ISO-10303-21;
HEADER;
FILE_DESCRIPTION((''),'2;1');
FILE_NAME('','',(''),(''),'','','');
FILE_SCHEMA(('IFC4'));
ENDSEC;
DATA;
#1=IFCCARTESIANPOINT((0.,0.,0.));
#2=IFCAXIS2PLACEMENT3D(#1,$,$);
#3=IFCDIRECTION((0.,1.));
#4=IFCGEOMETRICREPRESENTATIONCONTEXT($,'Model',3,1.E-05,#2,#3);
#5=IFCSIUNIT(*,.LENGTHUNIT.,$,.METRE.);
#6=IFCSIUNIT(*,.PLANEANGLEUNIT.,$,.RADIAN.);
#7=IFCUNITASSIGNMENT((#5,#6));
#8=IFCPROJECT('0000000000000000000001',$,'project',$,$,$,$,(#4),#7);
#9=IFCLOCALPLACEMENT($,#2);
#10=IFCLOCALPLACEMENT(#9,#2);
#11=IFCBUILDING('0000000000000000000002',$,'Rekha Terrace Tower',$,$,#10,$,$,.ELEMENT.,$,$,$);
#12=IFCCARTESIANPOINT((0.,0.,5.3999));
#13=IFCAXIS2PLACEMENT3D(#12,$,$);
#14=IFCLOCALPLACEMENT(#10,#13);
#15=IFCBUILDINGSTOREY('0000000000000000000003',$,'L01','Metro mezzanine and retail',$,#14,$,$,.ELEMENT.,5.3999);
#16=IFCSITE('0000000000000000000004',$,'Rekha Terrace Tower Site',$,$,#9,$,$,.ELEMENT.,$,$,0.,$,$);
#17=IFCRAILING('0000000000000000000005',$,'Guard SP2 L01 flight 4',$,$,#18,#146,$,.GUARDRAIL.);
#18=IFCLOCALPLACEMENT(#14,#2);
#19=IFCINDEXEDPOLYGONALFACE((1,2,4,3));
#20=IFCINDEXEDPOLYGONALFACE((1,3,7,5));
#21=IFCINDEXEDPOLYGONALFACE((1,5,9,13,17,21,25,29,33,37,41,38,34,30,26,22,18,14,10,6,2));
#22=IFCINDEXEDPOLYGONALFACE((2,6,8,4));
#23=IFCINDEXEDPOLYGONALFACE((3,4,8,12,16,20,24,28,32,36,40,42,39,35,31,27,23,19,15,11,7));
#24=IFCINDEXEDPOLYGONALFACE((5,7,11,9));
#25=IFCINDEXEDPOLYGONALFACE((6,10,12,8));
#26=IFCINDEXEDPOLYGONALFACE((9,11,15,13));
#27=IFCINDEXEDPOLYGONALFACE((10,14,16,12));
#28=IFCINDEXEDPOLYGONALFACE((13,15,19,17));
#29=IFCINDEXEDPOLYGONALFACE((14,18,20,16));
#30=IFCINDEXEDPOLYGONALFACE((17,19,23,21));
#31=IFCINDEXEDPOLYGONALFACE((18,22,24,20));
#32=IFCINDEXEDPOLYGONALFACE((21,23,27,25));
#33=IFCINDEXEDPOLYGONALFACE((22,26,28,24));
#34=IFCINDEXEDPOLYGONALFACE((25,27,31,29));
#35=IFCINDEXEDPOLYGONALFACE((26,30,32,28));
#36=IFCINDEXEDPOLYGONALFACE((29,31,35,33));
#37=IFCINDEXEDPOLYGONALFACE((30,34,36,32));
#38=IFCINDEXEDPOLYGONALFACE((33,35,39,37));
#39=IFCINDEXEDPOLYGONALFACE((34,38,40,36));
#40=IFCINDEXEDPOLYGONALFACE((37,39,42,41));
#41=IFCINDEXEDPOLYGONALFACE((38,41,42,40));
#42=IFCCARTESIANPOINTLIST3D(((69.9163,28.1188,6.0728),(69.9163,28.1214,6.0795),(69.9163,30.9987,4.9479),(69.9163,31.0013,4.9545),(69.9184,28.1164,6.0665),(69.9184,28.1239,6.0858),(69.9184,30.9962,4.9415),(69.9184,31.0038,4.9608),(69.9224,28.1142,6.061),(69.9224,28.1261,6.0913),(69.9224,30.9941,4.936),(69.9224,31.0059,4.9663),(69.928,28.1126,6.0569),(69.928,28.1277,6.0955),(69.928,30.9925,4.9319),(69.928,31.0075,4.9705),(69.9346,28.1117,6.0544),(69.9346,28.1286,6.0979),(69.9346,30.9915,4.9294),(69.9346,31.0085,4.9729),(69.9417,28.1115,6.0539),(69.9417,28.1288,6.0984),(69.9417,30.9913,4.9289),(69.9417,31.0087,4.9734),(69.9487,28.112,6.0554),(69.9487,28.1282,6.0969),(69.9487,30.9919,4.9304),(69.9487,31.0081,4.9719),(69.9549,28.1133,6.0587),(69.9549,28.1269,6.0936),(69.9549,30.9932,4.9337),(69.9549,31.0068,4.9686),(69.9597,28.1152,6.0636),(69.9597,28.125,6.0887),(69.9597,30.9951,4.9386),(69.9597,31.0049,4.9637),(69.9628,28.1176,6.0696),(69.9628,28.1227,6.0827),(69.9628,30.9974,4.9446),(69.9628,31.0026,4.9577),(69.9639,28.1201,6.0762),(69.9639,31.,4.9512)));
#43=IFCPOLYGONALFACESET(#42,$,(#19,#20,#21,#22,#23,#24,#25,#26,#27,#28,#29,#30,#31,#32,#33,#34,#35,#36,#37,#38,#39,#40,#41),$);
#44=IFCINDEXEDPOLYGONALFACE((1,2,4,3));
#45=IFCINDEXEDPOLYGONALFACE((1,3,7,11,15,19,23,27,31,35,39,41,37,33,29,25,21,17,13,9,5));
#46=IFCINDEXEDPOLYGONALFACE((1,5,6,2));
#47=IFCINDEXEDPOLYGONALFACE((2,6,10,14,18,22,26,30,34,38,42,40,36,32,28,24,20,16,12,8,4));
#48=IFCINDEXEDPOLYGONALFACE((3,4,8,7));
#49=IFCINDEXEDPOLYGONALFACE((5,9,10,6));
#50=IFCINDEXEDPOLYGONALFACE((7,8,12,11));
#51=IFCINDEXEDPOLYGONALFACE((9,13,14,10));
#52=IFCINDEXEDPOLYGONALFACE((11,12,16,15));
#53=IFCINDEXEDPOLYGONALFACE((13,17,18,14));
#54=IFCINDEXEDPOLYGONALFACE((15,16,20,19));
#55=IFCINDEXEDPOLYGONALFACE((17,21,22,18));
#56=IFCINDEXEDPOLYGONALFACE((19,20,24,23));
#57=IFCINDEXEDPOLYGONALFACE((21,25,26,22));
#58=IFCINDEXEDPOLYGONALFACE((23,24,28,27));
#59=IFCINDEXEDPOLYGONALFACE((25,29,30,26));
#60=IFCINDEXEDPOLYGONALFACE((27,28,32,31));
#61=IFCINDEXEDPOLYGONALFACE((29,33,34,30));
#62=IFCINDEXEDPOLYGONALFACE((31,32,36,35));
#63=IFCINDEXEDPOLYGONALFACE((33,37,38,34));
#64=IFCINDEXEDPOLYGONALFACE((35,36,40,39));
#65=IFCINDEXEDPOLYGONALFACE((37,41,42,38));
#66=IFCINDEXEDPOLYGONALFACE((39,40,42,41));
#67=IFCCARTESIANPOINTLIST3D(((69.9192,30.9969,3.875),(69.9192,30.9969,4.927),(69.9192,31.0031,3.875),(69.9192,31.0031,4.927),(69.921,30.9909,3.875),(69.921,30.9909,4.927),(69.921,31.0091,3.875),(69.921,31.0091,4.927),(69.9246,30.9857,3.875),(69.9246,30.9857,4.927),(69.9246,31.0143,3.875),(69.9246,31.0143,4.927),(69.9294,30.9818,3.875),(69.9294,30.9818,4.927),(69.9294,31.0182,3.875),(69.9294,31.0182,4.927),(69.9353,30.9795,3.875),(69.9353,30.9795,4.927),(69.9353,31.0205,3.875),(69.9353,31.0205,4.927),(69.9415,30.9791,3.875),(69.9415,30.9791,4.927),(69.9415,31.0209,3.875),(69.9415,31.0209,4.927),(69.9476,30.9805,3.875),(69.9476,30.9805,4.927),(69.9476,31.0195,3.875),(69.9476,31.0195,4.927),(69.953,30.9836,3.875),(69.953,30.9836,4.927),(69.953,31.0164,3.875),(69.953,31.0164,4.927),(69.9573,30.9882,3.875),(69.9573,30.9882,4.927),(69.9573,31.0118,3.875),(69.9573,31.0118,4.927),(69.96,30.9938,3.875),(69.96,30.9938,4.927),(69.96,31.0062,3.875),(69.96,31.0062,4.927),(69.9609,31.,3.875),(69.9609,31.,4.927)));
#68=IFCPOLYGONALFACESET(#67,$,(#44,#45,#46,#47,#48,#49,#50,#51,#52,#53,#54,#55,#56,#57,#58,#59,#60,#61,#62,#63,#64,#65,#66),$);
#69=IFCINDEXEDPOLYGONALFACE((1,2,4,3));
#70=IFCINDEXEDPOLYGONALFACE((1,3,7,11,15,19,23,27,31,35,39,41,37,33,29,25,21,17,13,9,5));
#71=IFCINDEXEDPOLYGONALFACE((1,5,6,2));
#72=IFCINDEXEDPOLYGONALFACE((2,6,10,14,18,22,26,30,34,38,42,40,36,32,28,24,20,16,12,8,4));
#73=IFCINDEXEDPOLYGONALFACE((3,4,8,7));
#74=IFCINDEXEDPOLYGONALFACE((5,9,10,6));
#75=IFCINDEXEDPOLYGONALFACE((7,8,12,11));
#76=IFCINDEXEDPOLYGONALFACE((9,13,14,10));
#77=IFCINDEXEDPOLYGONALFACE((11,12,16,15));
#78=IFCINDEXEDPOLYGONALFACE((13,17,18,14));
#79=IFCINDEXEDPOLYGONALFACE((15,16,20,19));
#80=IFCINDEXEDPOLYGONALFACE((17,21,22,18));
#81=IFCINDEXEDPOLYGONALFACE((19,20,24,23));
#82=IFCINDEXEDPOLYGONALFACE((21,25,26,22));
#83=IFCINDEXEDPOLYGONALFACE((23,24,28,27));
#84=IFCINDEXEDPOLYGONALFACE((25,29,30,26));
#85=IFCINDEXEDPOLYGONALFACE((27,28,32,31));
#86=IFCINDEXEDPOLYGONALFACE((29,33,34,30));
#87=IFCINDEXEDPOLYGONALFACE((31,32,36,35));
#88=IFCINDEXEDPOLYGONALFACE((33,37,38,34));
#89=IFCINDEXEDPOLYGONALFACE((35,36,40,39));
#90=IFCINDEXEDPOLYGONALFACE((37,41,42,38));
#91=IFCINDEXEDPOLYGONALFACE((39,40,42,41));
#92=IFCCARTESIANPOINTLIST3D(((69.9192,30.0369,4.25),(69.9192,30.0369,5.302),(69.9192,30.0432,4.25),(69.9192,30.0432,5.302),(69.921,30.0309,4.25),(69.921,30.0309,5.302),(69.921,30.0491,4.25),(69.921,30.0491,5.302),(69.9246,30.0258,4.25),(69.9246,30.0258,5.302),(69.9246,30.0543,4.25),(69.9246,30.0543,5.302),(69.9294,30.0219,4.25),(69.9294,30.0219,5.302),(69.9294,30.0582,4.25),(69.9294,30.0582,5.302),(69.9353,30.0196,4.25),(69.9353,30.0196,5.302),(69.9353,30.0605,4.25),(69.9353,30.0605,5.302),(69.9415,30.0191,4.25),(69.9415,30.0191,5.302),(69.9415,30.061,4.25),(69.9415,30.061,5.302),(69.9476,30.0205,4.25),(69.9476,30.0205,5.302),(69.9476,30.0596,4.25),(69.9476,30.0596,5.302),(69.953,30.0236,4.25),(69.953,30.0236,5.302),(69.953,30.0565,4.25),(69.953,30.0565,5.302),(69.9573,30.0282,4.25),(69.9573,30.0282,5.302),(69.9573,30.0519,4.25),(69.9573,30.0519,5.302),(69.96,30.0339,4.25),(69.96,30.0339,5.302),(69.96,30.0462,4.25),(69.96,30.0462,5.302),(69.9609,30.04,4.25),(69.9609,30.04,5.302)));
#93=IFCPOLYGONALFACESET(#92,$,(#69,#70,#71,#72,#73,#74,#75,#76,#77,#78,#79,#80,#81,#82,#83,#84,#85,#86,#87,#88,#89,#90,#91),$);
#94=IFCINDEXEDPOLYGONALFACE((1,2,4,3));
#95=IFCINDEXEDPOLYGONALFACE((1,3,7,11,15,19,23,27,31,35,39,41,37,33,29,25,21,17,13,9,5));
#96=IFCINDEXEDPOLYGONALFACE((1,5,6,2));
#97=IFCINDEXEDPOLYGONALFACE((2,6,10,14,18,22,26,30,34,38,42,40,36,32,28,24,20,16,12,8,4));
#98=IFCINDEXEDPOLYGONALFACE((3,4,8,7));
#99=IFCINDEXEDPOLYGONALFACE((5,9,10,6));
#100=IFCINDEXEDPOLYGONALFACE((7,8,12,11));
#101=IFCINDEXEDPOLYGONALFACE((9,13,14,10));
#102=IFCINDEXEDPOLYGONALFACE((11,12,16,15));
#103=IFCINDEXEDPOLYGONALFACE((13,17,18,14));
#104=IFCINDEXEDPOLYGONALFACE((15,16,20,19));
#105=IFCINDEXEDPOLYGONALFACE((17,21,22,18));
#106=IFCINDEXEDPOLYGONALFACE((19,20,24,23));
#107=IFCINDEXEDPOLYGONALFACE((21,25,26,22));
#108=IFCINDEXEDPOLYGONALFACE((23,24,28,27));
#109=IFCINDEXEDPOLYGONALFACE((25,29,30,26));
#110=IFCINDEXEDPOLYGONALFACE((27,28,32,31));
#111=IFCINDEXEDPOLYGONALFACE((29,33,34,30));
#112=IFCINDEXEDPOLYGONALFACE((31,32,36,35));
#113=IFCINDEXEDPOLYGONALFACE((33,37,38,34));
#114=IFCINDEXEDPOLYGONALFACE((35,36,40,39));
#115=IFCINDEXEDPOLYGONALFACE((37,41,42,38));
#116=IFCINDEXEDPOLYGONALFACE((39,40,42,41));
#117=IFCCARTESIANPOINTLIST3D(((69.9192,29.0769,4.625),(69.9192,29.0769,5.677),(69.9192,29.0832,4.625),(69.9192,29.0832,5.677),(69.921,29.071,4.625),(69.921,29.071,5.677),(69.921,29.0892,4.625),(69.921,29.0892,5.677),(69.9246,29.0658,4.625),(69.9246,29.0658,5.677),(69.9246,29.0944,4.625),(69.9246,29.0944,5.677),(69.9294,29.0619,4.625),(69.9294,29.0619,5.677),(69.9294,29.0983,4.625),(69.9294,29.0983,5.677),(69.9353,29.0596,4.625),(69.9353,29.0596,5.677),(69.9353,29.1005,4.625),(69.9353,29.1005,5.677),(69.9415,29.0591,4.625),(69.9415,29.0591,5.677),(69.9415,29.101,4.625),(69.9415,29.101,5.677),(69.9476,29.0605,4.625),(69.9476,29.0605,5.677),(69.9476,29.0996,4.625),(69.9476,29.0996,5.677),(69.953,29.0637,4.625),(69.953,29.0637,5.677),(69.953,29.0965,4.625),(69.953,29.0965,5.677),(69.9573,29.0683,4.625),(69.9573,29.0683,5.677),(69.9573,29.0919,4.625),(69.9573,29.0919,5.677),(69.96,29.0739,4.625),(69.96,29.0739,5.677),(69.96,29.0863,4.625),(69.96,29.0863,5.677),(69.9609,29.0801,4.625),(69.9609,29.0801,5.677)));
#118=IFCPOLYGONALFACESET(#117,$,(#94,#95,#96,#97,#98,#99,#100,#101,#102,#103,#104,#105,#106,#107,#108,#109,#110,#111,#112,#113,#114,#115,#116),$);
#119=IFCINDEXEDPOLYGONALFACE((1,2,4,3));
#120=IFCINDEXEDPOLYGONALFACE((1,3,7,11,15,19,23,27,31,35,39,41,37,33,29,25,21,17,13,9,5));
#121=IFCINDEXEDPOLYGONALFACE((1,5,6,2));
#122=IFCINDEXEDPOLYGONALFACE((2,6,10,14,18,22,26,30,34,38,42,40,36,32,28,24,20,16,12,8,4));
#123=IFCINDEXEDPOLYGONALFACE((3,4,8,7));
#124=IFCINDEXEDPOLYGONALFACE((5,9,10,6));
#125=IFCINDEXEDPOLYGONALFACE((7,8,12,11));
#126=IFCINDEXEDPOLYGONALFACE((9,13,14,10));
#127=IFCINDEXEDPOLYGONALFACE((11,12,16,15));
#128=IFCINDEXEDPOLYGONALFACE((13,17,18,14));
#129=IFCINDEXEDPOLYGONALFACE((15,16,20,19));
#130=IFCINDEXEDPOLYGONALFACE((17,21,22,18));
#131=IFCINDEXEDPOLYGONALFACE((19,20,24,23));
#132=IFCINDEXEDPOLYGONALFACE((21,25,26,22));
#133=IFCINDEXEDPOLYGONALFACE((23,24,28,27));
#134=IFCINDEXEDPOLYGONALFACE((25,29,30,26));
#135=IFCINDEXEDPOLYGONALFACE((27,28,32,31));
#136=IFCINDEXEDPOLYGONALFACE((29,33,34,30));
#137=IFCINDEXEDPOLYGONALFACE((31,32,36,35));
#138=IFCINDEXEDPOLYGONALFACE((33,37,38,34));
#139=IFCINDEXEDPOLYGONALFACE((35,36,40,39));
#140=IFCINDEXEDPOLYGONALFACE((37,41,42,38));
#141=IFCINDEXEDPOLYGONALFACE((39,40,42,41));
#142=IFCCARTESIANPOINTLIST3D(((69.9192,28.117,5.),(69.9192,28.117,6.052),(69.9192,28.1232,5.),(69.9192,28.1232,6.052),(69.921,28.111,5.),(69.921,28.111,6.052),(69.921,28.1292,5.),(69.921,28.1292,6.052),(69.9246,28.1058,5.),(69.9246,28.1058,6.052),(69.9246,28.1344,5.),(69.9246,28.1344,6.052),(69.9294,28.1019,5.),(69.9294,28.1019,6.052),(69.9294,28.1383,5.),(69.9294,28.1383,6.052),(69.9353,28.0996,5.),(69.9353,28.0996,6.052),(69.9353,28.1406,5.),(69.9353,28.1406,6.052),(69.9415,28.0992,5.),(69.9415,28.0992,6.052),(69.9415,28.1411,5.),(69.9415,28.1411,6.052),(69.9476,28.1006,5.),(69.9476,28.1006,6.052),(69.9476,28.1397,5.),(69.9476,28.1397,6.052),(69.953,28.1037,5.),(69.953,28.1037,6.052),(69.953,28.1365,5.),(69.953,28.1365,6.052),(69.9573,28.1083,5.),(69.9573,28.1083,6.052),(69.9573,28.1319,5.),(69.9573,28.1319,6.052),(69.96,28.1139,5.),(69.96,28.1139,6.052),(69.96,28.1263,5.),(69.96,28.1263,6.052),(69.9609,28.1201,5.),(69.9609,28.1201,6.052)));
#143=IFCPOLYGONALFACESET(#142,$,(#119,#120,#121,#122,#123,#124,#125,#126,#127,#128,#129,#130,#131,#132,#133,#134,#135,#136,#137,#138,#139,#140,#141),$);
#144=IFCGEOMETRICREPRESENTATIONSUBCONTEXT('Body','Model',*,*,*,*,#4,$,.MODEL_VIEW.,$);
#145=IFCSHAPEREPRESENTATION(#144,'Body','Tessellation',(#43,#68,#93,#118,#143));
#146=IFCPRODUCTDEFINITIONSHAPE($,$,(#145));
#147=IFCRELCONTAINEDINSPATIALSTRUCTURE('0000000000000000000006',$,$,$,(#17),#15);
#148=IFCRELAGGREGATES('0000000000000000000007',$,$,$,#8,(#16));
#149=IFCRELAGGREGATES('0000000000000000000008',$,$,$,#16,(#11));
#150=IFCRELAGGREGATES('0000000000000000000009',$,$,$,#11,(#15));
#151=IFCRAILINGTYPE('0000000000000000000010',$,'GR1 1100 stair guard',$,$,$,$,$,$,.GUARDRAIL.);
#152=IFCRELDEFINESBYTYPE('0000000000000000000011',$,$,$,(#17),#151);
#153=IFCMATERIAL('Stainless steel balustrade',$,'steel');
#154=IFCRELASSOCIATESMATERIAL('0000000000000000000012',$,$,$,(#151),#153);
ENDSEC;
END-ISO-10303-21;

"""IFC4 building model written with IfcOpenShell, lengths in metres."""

from ifc_helpers import new_model, si_unit, direction, frame, origin, origin_2d, place, context, subcontext, project, spatial, circle, extrude, material, type_object, element, save


model = new_model("IFC4")

# Units and contexts
model_context = context("Model", 3, precision=1e-05, world=origin(), true_north=direction((0.0, 1.0)))
body_context = subcontext(model_context, "Body", "Model", "MODEL_VIEW")
ifc_project = project(units=[si_unit("LENGTHUNIT", "METRE"), si_unit("PLANEANGLEUNIT", "RADIAN")], contexts=[model_context])

# Site, building, storey
site_placement = place(None, origin())
site = spatial("IfcSite", under=ifc_project, at=site_placement, Name="Rekha Terrace Tower Site", CompositionType="ELEMENT", RefElevation=0.0)
building_placement = place(site_placement, origin())
building = spatial("IfcBuilding", under=site, at=building_placement, Name="Rekha Terrace Tower", CompositionType="ELEMENT")
storey_placement = place(building_placement, frame((0.0, 0.0, 5.3999)))
storey = spatial("IfcBuildingStorey", under=building, at=storey_placement, Name="L01", Description="Metro mezzanine and retail", CompositionType="ELEMENT", Elevation=5.3999)

# Railing
ifc_material_1 = material(Name="Stainless steel balustrade", Category="steel")
railing_type_1 = type_object("IfcRailingType", Name="GR1 1100 stair guard", PredefinedType="GUARDRAIL", material=ifc_material_1)
railing_1_placement = place(storey_placement, frame((69.9399, 31.0, 3.875)))
element("IfcRailing", 1, at=railing_1_placement, inside=storey, type_object=railing_type_1, Name="Guard SP2 L01 flight 4", PredefinedType="GUARDRAIL", context=body_context, shape_type="SweptSolid", body=[
    extrude(circle(Radius=0.0239, at=origin_2d()), frame((0.0, 0.0, 1.0762), z_axis=(0.0, -0.931452, 0.363863), x_axis=(1.0, 0.0, 0.0)), (0.0, 0.0, 1.0), 3.0918),
    extrude(circle(Radius=0.021, at=origin_2d()), origin(), (0.0, 0.0, 1.0), 1.052),
    extrude(circle(Radius=0.021, at=origin_2d()), frame((0.0, -0.96, 0.375)), (0.0, 0.0, 1.0), 1.052),
    extrude(circle(Radius=0.021, at=origin_2d()), frame((0.0, -1.9199, 0.75)), (0.0, 0.0, 1.0), 1.052),
    extrude(circle(Radius=0.021, at=origin_2d()), frame((0.0, -2.8799, 1.125)), (0.0, 0.0, 1.0), 1.052),
])

save(model, "model.ifc")
